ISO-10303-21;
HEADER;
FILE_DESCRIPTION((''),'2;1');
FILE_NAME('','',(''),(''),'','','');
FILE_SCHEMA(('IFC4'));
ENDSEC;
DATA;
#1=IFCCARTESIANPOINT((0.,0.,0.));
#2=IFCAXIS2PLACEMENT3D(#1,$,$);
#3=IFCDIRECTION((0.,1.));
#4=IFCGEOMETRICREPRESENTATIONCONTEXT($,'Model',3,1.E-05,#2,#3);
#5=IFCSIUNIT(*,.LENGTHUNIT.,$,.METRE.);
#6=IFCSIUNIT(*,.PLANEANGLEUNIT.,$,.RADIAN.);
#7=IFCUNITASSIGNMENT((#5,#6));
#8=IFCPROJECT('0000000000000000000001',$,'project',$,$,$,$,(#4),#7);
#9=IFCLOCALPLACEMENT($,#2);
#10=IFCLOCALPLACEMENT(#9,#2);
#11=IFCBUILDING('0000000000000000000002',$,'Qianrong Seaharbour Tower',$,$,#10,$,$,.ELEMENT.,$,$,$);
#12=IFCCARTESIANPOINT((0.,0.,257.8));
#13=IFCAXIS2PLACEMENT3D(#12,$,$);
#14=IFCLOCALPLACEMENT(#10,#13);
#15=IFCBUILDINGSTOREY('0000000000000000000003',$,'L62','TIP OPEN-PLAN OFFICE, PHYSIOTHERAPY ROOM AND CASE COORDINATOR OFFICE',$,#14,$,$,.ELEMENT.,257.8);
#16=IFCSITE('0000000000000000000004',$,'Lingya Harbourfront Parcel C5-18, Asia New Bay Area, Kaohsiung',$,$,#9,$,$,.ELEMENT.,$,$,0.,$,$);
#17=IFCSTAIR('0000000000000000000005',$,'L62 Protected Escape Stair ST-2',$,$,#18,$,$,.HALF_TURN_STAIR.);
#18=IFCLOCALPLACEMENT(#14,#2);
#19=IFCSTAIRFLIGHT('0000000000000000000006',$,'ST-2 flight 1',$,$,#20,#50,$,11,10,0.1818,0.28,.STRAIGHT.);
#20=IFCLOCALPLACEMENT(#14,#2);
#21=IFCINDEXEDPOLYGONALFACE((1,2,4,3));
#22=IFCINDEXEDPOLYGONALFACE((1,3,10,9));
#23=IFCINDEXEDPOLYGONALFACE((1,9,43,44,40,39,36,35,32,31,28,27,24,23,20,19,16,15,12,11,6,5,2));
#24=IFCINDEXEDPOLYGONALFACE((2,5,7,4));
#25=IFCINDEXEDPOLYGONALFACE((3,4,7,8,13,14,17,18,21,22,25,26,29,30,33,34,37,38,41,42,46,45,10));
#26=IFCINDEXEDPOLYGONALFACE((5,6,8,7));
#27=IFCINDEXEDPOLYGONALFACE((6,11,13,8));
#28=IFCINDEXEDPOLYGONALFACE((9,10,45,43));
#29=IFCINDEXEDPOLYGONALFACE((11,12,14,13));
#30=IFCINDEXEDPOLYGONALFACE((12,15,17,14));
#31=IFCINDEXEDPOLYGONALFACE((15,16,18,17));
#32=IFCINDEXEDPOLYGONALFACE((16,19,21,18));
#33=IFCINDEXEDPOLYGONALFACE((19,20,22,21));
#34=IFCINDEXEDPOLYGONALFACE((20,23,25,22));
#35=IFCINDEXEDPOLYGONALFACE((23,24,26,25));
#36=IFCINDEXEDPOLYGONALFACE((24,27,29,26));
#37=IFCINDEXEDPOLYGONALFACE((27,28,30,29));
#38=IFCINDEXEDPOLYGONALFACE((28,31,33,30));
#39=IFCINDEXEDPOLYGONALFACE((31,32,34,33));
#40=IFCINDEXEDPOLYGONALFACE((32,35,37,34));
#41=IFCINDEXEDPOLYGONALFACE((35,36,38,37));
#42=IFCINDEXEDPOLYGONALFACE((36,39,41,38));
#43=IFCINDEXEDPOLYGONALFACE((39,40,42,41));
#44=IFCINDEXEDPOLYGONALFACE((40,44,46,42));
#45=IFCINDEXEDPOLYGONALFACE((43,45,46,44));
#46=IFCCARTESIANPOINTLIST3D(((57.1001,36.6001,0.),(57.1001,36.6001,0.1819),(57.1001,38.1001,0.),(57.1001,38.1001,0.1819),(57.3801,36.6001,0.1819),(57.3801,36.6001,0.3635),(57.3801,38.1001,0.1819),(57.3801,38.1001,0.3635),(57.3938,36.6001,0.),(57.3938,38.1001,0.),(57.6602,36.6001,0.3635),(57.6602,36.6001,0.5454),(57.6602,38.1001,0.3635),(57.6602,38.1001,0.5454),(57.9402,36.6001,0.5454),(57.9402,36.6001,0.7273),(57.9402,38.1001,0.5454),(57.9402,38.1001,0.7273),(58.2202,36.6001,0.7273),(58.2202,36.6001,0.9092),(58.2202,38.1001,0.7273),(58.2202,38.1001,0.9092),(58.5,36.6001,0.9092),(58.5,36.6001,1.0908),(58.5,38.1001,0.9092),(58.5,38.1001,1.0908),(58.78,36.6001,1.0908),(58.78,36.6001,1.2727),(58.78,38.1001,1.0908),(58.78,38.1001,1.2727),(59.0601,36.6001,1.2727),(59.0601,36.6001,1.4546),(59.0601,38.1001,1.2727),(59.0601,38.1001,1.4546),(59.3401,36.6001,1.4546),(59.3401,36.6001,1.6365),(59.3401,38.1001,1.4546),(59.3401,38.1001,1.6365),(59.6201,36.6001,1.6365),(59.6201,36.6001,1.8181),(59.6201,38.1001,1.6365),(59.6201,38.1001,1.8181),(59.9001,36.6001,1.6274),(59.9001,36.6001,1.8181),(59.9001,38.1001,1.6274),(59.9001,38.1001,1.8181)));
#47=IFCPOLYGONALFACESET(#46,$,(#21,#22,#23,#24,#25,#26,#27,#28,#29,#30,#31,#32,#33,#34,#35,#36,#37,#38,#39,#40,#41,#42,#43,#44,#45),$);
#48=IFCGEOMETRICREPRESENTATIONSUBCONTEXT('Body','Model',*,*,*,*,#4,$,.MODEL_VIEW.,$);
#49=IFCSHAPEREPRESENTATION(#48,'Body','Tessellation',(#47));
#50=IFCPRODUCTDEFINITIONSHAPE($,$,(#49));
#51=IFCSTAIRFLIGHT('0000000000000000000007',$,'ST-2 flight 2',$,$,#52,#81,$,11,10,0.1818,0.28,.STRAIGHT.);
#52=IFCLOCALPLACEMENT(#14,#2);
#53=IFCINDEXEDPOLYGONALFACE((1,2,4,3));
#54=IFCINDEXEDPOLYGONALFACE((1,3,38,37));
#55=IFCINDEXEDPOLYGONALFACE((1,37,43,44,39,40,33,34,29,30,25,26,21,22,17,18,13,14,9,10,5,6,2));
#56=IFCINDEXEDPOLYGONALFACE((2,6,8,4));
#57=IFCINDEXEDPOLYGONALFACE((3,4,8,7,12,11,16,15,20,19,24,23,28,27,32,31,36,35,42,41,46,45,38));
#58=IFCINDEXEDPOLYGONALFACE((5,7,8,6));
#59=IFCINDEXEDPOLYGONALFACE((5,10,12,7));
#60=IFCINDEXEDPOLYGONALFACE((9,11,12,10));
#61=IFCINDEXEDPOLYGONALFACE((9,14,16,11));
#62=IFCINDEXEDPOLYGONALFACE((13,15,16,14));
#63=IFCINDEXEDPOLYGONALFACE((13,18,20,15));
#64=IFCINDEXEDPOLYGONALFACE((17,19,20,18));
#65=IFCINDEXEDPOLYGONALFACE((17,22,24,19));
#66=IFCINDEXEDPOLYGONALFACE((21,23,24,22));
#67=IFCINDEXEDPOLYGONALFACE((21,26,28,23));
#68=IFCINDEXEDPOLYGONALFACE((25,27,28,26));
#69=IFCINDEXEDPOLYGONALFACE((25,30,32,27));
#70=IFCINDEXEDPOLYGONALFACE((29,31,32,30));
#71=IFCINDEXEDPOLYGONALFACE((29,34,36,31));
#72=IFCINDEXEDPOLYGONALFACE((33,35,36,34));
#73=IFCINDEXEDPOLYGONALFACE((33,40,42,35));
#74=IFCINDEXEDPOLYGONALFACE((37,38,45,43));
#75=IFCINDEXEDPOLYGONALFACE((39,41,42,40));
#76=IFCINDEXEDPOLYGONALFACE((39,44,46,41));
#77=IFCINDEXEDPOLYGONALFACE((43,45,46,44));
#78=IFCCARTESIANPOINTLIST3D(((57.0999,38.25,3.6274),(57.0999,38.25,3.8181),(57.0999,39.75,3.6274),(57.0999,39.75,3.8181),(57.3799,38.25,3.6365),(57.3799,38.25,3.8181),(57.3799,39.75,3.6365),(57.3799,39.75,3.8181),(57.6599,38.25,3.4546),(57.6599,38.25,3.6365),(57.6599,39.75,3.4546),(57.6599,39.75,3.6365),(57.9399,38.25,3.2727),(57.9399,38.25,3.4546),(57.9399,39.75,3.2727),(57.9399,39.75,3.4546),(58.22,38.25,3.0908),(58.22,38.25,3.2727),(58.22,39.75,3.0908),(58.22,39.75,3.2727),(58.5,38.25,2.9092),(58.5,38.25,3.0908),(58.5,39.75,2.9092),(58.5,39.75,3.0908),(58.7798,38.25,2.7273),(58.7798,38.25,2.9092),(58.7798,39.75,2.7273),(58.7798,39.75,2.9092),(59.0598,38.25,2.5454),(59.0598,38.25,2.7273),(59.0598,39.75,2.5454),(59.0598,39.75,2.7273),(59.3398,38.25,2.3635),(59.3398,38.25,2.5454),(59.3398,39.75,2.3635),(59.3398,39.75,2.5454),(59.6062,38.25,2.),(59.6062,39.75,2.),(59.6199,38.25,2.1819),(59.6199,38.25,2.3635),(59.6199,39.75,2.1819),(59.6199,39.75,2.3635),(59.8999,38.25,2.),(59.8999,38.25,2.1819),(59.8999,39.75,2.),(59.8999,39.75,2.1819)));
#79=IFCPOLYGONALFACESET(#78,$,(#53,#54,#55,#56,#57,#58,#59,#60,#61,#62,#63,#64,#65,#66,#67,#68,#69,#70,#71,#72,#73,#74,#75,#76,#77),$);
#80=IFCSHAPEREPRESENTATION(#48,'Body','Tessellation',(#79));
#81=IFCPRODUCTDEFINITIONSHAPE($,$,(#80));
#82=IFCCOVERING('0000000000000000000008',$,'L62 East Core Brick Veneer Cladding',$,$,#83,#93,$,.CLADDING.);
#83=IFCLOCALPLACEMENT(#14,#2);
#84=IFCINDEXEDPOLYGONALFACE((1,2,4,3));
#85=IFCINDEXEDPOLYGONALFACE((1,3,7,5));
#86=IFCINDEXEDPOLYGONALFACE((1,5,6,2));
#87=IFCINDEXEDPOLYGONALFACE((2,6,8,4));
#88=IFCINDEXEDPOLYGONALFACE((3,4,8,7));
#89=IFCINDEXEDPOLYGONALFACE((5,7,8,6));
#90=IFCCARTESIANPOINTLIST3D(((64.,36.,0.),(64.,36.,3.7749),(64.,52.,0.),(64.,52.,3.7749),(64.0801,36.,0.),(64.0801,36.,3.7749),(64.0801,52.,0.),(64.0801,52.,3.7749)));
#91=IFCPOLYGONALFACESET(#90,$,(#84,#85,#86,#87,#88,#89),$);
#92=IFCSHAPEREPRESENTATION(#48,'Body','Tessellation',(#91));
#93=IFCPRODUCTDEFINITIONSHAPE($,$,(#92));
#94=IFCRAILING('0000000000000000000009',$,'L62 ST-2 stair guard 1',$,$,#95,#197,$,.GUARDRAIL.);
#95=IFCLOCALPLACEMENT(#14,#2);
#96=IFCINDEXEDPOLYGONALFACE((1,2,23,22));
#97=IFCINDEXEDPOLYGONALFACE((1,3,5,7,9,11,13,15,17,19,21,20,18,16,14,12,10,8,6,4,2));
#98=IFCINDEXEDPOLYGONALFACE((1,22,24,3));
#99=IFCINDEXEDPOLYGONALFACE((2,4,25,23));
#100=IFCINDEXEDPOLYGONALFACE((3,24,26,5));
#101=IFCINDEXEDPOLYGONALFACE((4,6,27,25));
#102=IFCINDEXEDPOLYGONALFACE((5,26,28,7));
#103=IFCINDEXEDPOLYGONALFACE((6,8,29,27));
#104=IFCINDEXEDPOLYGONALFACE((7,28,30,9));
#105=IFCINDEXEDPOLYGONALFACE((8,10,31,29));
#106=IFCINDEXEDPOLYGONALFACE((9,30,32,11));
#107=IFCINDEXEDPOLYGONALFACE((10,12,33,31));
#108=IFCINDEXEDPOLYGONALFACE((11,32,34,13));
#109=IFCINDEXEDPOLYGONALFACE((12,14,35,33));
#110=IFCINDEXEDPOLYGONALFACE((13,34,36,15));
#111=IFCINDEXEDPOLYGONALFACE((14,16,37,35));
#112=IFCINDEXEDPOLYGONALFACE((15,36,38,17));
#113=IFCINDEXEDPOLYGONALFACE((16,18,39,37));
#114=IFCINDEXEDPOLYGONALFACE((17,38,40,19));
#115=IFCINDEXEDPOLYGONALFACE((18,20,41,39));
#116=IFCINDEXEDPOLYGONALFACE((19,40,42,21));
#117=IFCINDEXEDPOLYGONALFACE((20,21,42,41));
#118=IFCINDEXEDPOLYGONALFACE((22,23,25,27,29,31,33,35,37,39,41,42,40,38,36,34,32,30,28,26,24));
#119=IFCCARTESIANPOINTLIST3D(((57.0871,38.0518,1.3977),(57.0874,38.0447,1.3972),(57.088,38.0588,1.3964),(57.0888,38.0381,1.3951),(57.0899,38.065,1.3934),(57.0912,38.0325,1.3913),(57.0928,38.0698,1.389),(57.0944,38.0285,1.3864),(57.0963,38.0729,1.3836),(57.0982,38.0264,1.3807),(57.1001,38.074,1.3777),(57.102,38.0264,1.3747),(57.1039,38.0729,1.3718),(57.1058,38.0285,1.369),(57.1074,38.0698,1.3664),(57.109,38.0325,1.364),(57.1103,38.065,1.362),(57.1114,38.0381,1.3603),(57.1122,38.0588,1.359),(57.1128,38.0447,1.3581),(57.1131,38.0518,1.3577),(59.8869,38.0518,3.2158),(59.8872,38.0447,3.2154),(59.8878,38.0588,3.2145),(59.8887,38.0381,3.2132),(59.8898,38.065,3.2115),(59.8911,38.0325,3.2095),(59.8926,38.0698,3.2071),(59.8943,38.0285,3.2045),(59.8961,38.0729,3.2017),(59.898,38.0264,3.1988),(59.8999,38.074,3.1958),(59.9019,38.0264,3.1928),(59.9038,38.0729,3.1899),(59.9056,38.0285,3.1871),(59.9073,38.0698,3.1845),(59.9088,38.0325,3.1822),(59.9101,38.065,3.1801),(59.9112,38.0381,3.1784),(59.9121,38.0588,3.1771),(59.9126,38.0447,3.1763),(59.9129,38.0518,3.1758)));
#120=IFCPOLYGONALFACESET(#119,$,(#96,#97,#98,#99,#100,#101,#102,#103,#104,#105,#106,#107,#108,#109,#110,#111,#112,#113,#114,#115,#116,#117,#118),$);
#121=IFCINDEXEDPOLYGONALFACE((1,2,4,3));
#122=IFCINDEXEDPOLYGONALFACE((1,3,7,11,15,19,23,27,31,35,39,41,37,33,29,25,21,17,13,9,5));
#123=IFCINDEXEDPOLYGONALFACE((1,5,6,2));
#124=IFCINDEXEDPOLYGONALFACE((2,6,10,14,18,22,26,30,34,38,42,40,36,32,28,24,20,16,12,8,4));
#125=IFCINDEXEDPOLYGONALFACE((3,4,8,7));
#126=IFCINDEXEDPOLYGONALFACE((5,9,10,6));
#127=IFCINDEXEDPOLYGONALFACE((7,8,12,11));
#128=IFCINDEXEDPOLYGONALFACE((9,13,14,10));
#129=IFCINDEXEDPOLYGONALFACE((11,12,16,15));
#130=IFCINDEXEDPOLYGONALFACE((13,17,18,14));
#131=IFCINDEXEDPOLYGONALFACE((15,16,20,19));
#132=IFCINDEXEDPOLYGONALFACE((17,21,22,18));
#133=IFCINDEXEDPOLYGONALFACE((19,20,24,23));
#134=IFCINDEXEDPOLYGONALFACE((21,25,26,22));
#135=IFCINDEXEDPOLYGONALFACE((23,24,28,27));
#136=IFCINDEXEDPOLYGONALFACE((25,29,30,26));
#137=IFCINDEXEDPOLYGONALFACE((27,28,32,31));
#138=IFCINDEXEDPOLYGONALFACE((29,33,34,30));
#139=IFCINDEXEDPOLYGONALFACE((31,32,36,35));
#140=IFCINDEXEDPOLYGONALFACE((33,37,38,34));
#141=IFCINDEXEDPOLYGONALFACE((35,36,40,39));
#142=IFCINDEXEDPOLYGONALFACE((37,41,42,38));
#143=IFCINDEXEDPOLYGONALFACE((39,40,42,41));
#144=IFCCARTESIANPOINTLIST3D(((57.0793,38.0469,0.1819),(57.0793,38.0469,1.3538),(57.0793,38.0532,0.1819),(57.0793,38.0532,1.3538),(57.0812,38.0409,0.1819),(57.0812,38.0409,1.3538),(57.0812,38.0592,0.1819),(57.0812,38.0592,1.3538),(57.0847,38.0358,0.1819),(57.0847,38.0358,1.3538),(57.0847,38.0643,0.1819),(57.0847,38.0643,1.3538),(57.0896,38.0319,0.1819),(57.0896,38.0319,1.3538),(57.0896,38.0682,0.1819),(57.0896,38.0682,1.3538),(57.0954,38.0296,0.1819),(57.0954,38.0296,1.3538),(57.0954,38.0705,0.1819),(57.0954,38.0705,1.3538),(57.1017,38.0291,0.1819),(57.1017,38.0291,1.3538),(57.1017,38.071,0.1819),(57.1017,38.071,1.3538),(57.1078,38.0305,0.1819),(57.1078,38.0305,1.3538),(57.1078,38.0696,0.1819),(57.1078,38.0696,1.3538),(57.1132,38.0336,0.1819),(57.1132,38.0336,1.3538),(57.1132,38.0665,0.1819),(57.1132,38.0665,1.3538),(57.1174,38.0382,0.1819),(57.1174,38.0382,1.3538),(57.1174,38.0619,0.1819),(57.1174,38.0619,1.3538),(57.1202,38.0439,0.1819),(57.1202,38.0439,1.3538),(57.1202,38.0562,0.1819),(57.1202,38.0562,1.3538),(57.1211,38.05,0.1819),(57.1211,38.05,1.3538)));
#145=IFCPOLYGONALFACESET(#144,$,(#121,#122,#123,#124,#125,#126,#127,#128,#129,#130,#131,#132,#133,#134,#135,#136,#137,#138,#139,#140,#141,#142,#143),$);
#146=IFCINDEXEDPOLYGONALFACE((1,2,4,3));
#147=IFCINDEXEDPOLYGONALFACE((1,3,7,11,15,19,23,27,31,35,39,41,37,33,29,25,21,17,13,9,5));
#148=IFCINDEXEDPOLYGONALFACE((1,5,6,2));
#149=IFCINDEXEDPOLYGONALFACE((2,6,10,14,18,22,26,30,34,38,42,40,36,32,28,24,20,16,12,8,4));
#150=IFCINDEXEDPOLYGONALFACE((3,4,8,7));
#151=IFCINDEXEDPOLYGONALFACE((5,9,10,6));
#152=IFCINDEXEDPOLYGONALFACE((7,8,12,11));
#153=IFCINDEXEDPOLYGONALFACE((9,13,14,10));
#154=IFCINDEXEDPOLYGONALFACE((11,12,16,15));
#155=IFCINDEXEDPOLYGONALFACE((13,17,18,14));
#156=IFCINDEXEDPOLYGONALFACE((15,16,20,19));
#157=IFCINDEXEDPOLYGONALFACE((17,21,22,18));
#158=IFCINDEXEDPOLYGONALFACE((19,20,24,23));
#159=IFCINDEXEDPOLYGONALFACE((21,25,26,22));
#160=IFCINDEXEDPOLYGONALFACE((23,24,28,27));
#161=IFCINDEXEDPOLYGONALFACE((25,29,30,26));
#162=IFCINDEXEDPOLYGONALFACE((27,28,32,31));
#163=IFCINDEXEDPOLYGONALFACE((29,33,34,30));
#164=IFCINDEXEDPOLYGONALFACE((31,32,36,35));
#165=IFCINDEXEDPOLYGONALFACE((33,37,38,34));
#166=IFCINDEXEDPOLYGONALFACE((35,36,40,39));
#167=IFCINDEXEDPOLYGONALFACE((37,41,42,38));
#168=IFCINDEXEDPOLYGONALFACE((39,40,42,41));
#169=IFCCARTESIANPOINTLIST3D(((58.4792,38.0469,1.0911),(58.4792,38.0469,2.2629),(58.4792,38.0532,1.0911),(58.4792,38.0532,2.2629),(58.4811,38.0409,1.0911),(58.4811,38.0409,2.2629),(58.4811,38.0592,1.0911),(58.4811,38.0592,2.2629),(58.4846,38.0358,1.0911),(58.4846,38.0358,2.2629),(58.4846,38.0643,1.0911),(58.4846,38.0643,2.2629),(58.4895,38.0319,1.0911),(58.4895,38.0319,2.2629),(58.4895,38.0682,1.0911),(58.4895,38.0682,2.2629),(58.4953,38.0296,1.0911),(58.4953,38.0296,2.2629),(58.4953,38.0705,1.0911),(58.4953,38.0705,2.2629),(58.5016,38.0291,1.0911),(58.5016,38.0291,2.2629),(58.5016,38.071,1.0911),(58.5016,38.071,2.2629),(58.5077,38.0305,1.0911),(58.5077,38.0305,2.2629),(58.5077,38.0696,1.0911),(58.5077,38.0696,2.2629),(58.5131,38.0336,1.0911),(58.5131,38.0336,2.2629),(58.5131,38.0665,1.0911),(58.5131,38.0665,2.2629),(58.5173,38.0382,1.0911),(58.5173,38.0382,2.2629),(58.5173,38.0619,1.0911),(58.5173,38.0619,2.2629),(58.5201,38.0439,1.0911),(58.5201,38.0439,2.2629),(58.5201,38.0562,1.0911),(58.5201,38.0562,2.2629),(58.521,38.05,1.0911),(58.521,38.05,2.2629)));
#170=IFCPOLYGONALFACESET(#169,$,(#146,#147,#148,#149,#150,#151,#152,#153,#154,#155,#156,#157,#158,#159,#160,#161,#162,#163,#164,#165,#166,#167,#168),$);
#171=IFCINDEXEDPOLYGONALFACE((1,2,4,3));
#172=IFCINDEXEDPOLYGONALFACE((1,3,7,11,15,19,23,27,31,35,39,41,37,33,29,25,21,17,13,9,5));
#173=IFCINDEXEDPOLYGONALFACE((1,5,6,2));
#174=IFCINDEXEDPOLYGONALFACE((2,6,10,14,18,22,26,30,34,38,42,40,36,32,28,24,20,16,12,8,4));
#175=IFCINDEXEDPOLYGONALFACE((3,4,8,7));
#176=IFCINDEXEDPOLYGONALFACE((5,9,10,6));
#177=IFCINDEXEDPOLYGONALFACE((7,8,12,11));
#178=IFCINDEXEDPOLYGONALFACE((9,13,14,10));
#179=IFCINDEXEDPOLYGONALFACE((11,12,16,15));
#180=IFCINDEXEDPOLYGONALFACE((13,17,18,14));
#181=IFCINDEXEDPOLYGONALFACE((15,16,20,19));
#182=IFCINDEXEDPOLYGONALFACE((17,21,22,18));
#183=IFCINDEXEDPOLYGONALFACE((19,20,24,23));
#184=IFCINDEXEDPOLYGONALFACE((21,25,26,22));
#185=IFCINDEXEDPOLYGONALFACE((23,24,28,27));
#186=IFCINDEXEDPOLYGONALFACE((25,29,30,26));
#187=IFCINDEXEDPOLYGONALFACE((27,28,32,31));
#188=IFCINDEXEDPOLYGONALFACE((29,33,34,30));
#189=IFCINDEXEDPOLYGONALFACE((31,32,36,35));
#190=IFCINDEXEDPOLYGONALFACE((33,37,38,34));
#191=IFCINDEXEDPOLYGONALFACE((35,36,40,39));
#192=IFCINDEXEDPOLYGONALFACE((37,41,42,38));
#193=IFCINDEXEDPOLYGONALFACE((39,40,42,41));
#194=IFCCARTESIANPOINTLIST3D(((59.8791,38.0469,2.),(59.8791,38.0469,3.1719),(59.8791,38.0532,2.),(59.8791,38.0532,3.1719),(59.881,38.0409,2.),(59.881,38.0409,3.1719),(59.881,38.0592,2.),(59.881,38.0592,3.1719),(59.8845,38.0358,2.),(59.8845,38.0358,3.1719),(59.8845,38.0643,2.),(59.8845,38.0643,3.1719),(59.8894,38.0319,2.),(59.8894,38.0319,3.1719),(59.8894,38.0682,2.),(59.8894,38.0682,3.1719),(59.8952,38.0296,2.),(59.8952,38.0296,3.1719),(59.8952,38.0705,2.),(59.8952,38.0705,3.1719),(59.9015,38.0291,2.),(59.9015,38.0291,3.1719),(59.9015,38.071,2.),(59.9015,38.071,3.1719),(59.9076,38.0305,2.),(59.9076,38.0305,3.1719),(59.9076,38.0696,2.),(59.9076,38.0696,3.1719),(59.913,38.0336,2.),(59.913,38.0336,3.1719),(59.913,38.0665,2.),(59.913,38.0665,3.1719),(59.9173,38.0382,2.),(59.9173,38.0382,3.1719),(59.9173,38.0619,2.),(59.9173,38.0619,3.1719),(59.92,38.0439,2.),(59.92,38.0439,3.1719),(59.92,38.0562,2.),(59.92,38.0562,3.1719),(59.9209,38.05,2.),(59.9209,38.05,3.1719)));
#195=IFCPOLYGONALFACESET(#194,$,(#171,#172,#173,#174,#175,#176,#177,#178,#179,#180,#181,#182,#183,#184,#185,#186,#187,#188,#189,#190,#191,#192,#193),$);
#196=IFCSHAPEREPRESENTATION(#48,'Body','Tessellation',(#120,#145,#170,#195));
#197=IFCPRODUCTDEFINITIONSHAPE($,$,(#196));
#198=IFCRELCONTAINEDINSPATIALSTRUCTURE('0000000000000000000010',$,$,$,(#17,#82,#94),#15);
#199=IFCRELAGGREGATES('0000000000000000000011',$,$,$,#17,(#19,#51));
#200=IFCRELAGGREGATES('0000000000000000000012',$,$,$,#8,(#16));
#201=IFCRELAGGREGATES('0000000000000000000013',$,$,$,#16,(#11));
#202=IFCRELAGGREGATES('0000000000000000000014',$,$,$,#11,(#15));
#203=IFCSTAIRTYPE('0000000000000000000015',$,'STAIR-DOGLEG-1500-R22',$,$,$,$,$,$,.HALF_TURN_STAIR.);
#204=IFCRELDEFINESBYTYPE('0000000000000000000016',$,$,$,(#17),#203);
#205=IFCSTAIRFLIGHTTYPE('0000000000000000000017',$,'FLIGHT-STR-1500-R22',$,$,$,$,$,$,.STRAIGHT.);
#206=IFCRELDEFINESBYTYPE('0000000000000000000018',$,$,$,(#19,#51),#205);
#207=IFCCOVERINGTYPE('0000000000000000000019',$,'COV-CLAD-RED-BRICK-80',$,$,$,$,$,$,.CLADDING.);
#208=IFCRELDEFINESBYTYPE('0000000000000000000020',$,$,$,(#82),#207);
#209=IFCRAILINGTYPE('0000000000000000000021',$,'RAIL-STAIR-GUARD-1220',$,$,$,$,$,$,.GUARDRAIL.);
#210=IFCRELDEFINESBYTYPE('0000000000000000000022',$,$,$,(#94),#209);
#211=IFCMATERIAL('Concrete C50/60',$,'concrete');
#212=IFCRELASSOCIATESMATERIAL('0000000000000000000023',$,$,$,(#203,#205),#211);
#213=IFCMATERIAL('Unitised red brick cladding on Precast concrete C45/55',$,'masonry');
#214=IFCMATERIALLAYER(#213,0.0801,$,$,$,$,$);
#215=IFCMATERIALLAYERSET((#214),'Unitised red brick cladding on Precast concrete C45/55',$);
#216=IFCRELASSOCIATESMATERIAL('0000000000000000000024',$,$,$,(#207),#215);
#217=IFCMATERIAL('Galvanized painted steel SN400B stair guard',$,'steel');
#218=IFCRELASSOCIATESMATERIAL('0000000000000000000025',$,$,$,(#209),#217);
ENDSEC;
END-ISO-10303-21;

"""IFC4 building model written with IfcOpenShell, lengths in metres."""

from ifc_helpers import new_model, si_unit, direction, frame, origin, origin_2d, place, context, subcontext, project, spatial, polyline, rectangle, circle, outline, extrude, material, layer, layer_set, type_object, element, aggregate, save


model = new_model("IFC4")

# Units and contexts
model_context = context("Model", 3, precision=1e-05, world=origin(), true_north=direction((0.0, 1.0)))
body_context = subcontext(model_context, "Body", "Model", "MODEL_VIEW")
ifc_project = project(units=[si_unit("LENGTHUNIT", "METRE"), si_unit("PLANEANGLEUNIT", "RADIAN")], contexts=[model_context])

# Site, building, storey
site_placement = place(None, origin())
site = spatial("IfcSite", under=ifc_project, at=site_placement, Name="Lingya Harbourfront Parcel C5-18, Asia New Bay Area, Kaohsiung", CompositionType="ELEMENT", RefElevation=0.0)
building_placement = place(site_placement, origin())
building = spatial("IfcBuilding", under=site, at=building_placement, Name="Qianrong Seaharbour Tower", CompositionType="ELEMENT")
storey_placement = place(building_placement, frame((0.0, 0.0, 257.8)))
storey = spatial("IfcBuildingStorey", under=building, at=storey_placement, Name="L62", Description="TIP OPEN-PLAN OFFICE, PHYSIOTHERAPY ROOM AND CASE COORDINATOR OFFICE", CompositionType="ELEMENT", Elevation=257.8)

# Shared definitions
ifc_material_1 = material(Name="Concrete C50/60", Category="concrete")

# Stair, stair flights
stair_type = type_object("IfcStairType", Name="STAIR-DOGLEG-1500-R22", PredefinedType="HALF_TURN_STAIR", material=ifc_material_1)
stair_placement = place(storey_placement, origin())
stair = element("IfcStair", 1, at=stair_placement, inside=storey, type_object=stair_type, Name="L62 Protected Escape Stair ST-2", PredefinedType="HALF_TURN_STAIR")
stair_flight_type = type_object("IfcStairFlightType", Name="FLIGHT-STR-1500-R22", PredefinedType="STRAIGHT", material=ifc_material_1)
stair_flight_1_placement = place(storey_placement, frame((57.1001, 37.3501, 0.0), z_axis=(0.0, 0.0, 1.0), x_axis=(1.0, 0.0, 0.0)))
stair_flight_1 = element("IfcStairFlight", 2, at=stair_flight_1_placement, type_object=stair_flight_type, Name="ST-2 flight 1", NumberOfRisers=11, NumberOfTreads=10, PredefinedType="STRAIGHT", RiserHeight=0.1818, TreadLength=0.28, context=body_context, shape_type="SweptSolid", body=[
    extrude(outline(polyline([(0.0, 0.0), (0.0, 0.1819), (0.28, 0.1819), (0.28, 0.3635), (0.5601, 0.3635), (0.5601, 0.5454), (0.8401, 0.5454), (0.8401, 0.7273), (1.1201, 0.7273), (1.1201, 0.9092), (1.3999, 0.9092), (1.3999, 1.0908), (1.6799, 1.0908), (1.6799, 1.2727), (1.96, 1.2727), (1.96, 1.4546), (2.24, 1.4546), (2.24, 1.6365), (2.52, 1.6365), (2.52, 1.8181), (2.8, 1.8181), (2.8, 2.0), (2.8, 1.6274), (0.2937, 0.0), (0.0, 0.0)])), frame((0.0, 0.75, 0.0), z_axis=(0.0, -1.0, 0.0), x_axis=(1.0, 0.0, 0.0)), (0.0, 0.0, 1.0), 1.5),
])
stair_flight_2_placement = place(storey_placement, frame((59.8999, 39.0, 2.0), z_axis=(0.0, 0.0, 1.0), x_axis=(-1.0, 0.0, 0.0)))
stair_flight_2 = element("IfcStairFlight", 3, at=stair_flight_2_placement, type_object=stair_flight_type, Name="ST-2 flight 2", NumberOfRisers=11, NumberOfTreads=10, PredefinedType="STRAIGHT", RiserHeight=0.1818, TreadLength=0.28, context=body_context, shape_type="SweptSolid", body=[
    extrude(outline(polyline([(0.0, 0.0), (0.0, 0.1819), (0.28, 0.1819), (0.28, 0.3635), (0.5601, 0.3635), (0.5601, 0.5454), (0.8401, 0.5454), (0.8401, 0.7273), (1.1201, 0.7273), (1.1201, 0.9092), (1.3999, 0.9092), (1.3999, 1.0908), (1.6799, 1.0908), (1.6799, 1.2727), (1.96, 1.2727), (1.96, 1.4546), (2.24, 1.4546), (2.24, 1.6365), (2.52, 1.6365), (2.52, 1.8181), (2.8, 1.8181), (2.8, 2.0), (2.8, 1.6274), (0.2937, 0.0), (0.0, 0.0)])), frame((0.0, 0.75, 0.0), z_axis=(0.0, -1.0, 0.0), x_axis=(1.0, 0.0, 0.0)), (0.0, 0.0, 1.0), 1.5),
])
aggregate(stair, [stair_flight_1, stair_flight_2])

# Covering
ifc_material_2 = material(Name="Unitised red brick cladding on Precast concrete C45/55", Category="masonry")
ifc_layer_1 = layer(ifc_material_2, 0.0801)
ifc_layer_set_1 = layer_set([ifc_layer_1], Name="Unitised red brick cladding on Precast concrete C45/55")
covering_type = type_object("IfcCoveringType", Name="COV-CLAD-RED-BRICK-80", PredefinedType="CLADDING", material=ifc_layer_set_1)
covering_placement = place(storey_placement, frame((64.04, 44.0, 0.0), z_axis=(0.0, 0.0, 1.0), x_axis=(1.0, 0.0, 0.0)))
element("IfcCovering", 4, at=covering_placement, inside=storey, type_object=covering_type, Name="L62 East Core Brick Veneer Cladding", PredefinedType="CLADDING", context=body_context, shape_type="SweptSolid", body=[
    extrude(rectangle(XDim=0.0801, YDim=16.0, at=origin_2d()), origin(), (0.0, 0.0, 1.0), 3.7749),
])

# Railing
ifc_material_3 = material(Name="Galvanized painted steel SN400B stair guard", Category="steel")
railing_type_1 = type_object("IfcRailingType", Name="RAIL-STAIR-GUARD-1220", PredefinedType="GUARDRAIL", material=ifc_material_3)
railing_1_placement = place(storey_placement, frame((57.1001, 38.05, 0.1819)))
element("IfcRailing", 5, at=railing_1_placement, inside=storey, type_object=railing_type_1, Name="L62 ST-2 stair guard 1", PredefinedType="GUARDRAIL", context=body_context, shape_type="SweptSolid", body=[
    extrude(circle(Radius=0.0239, at=origin_2d()), frame((0.0, 0.0, 1.1958), z_axis=(0.838684, 0.0, 0.544618), x_axis=(0.0, 1.0, 0.0)), (0.0, 0.0, 1.0), 3.3384),
    extrude(circle(Radius=0.021, at=origin_2d()), origin(), (0.0, 0.0, 1.0), 1.1719),
    extrude(circle(Radius=0.021, at=origin_2d()), frame((1.3999, 0.0, 0.9092)), (0.0, 0.0, 1.0), 1.1719),
    extrude(circle(Radius=0.021, at=origin_2d()), frame((2.7998, 0.0, 1.8181)), (0.0, 0.0, 1.0), 1.1719),
])

save(model, "model.ifc")
